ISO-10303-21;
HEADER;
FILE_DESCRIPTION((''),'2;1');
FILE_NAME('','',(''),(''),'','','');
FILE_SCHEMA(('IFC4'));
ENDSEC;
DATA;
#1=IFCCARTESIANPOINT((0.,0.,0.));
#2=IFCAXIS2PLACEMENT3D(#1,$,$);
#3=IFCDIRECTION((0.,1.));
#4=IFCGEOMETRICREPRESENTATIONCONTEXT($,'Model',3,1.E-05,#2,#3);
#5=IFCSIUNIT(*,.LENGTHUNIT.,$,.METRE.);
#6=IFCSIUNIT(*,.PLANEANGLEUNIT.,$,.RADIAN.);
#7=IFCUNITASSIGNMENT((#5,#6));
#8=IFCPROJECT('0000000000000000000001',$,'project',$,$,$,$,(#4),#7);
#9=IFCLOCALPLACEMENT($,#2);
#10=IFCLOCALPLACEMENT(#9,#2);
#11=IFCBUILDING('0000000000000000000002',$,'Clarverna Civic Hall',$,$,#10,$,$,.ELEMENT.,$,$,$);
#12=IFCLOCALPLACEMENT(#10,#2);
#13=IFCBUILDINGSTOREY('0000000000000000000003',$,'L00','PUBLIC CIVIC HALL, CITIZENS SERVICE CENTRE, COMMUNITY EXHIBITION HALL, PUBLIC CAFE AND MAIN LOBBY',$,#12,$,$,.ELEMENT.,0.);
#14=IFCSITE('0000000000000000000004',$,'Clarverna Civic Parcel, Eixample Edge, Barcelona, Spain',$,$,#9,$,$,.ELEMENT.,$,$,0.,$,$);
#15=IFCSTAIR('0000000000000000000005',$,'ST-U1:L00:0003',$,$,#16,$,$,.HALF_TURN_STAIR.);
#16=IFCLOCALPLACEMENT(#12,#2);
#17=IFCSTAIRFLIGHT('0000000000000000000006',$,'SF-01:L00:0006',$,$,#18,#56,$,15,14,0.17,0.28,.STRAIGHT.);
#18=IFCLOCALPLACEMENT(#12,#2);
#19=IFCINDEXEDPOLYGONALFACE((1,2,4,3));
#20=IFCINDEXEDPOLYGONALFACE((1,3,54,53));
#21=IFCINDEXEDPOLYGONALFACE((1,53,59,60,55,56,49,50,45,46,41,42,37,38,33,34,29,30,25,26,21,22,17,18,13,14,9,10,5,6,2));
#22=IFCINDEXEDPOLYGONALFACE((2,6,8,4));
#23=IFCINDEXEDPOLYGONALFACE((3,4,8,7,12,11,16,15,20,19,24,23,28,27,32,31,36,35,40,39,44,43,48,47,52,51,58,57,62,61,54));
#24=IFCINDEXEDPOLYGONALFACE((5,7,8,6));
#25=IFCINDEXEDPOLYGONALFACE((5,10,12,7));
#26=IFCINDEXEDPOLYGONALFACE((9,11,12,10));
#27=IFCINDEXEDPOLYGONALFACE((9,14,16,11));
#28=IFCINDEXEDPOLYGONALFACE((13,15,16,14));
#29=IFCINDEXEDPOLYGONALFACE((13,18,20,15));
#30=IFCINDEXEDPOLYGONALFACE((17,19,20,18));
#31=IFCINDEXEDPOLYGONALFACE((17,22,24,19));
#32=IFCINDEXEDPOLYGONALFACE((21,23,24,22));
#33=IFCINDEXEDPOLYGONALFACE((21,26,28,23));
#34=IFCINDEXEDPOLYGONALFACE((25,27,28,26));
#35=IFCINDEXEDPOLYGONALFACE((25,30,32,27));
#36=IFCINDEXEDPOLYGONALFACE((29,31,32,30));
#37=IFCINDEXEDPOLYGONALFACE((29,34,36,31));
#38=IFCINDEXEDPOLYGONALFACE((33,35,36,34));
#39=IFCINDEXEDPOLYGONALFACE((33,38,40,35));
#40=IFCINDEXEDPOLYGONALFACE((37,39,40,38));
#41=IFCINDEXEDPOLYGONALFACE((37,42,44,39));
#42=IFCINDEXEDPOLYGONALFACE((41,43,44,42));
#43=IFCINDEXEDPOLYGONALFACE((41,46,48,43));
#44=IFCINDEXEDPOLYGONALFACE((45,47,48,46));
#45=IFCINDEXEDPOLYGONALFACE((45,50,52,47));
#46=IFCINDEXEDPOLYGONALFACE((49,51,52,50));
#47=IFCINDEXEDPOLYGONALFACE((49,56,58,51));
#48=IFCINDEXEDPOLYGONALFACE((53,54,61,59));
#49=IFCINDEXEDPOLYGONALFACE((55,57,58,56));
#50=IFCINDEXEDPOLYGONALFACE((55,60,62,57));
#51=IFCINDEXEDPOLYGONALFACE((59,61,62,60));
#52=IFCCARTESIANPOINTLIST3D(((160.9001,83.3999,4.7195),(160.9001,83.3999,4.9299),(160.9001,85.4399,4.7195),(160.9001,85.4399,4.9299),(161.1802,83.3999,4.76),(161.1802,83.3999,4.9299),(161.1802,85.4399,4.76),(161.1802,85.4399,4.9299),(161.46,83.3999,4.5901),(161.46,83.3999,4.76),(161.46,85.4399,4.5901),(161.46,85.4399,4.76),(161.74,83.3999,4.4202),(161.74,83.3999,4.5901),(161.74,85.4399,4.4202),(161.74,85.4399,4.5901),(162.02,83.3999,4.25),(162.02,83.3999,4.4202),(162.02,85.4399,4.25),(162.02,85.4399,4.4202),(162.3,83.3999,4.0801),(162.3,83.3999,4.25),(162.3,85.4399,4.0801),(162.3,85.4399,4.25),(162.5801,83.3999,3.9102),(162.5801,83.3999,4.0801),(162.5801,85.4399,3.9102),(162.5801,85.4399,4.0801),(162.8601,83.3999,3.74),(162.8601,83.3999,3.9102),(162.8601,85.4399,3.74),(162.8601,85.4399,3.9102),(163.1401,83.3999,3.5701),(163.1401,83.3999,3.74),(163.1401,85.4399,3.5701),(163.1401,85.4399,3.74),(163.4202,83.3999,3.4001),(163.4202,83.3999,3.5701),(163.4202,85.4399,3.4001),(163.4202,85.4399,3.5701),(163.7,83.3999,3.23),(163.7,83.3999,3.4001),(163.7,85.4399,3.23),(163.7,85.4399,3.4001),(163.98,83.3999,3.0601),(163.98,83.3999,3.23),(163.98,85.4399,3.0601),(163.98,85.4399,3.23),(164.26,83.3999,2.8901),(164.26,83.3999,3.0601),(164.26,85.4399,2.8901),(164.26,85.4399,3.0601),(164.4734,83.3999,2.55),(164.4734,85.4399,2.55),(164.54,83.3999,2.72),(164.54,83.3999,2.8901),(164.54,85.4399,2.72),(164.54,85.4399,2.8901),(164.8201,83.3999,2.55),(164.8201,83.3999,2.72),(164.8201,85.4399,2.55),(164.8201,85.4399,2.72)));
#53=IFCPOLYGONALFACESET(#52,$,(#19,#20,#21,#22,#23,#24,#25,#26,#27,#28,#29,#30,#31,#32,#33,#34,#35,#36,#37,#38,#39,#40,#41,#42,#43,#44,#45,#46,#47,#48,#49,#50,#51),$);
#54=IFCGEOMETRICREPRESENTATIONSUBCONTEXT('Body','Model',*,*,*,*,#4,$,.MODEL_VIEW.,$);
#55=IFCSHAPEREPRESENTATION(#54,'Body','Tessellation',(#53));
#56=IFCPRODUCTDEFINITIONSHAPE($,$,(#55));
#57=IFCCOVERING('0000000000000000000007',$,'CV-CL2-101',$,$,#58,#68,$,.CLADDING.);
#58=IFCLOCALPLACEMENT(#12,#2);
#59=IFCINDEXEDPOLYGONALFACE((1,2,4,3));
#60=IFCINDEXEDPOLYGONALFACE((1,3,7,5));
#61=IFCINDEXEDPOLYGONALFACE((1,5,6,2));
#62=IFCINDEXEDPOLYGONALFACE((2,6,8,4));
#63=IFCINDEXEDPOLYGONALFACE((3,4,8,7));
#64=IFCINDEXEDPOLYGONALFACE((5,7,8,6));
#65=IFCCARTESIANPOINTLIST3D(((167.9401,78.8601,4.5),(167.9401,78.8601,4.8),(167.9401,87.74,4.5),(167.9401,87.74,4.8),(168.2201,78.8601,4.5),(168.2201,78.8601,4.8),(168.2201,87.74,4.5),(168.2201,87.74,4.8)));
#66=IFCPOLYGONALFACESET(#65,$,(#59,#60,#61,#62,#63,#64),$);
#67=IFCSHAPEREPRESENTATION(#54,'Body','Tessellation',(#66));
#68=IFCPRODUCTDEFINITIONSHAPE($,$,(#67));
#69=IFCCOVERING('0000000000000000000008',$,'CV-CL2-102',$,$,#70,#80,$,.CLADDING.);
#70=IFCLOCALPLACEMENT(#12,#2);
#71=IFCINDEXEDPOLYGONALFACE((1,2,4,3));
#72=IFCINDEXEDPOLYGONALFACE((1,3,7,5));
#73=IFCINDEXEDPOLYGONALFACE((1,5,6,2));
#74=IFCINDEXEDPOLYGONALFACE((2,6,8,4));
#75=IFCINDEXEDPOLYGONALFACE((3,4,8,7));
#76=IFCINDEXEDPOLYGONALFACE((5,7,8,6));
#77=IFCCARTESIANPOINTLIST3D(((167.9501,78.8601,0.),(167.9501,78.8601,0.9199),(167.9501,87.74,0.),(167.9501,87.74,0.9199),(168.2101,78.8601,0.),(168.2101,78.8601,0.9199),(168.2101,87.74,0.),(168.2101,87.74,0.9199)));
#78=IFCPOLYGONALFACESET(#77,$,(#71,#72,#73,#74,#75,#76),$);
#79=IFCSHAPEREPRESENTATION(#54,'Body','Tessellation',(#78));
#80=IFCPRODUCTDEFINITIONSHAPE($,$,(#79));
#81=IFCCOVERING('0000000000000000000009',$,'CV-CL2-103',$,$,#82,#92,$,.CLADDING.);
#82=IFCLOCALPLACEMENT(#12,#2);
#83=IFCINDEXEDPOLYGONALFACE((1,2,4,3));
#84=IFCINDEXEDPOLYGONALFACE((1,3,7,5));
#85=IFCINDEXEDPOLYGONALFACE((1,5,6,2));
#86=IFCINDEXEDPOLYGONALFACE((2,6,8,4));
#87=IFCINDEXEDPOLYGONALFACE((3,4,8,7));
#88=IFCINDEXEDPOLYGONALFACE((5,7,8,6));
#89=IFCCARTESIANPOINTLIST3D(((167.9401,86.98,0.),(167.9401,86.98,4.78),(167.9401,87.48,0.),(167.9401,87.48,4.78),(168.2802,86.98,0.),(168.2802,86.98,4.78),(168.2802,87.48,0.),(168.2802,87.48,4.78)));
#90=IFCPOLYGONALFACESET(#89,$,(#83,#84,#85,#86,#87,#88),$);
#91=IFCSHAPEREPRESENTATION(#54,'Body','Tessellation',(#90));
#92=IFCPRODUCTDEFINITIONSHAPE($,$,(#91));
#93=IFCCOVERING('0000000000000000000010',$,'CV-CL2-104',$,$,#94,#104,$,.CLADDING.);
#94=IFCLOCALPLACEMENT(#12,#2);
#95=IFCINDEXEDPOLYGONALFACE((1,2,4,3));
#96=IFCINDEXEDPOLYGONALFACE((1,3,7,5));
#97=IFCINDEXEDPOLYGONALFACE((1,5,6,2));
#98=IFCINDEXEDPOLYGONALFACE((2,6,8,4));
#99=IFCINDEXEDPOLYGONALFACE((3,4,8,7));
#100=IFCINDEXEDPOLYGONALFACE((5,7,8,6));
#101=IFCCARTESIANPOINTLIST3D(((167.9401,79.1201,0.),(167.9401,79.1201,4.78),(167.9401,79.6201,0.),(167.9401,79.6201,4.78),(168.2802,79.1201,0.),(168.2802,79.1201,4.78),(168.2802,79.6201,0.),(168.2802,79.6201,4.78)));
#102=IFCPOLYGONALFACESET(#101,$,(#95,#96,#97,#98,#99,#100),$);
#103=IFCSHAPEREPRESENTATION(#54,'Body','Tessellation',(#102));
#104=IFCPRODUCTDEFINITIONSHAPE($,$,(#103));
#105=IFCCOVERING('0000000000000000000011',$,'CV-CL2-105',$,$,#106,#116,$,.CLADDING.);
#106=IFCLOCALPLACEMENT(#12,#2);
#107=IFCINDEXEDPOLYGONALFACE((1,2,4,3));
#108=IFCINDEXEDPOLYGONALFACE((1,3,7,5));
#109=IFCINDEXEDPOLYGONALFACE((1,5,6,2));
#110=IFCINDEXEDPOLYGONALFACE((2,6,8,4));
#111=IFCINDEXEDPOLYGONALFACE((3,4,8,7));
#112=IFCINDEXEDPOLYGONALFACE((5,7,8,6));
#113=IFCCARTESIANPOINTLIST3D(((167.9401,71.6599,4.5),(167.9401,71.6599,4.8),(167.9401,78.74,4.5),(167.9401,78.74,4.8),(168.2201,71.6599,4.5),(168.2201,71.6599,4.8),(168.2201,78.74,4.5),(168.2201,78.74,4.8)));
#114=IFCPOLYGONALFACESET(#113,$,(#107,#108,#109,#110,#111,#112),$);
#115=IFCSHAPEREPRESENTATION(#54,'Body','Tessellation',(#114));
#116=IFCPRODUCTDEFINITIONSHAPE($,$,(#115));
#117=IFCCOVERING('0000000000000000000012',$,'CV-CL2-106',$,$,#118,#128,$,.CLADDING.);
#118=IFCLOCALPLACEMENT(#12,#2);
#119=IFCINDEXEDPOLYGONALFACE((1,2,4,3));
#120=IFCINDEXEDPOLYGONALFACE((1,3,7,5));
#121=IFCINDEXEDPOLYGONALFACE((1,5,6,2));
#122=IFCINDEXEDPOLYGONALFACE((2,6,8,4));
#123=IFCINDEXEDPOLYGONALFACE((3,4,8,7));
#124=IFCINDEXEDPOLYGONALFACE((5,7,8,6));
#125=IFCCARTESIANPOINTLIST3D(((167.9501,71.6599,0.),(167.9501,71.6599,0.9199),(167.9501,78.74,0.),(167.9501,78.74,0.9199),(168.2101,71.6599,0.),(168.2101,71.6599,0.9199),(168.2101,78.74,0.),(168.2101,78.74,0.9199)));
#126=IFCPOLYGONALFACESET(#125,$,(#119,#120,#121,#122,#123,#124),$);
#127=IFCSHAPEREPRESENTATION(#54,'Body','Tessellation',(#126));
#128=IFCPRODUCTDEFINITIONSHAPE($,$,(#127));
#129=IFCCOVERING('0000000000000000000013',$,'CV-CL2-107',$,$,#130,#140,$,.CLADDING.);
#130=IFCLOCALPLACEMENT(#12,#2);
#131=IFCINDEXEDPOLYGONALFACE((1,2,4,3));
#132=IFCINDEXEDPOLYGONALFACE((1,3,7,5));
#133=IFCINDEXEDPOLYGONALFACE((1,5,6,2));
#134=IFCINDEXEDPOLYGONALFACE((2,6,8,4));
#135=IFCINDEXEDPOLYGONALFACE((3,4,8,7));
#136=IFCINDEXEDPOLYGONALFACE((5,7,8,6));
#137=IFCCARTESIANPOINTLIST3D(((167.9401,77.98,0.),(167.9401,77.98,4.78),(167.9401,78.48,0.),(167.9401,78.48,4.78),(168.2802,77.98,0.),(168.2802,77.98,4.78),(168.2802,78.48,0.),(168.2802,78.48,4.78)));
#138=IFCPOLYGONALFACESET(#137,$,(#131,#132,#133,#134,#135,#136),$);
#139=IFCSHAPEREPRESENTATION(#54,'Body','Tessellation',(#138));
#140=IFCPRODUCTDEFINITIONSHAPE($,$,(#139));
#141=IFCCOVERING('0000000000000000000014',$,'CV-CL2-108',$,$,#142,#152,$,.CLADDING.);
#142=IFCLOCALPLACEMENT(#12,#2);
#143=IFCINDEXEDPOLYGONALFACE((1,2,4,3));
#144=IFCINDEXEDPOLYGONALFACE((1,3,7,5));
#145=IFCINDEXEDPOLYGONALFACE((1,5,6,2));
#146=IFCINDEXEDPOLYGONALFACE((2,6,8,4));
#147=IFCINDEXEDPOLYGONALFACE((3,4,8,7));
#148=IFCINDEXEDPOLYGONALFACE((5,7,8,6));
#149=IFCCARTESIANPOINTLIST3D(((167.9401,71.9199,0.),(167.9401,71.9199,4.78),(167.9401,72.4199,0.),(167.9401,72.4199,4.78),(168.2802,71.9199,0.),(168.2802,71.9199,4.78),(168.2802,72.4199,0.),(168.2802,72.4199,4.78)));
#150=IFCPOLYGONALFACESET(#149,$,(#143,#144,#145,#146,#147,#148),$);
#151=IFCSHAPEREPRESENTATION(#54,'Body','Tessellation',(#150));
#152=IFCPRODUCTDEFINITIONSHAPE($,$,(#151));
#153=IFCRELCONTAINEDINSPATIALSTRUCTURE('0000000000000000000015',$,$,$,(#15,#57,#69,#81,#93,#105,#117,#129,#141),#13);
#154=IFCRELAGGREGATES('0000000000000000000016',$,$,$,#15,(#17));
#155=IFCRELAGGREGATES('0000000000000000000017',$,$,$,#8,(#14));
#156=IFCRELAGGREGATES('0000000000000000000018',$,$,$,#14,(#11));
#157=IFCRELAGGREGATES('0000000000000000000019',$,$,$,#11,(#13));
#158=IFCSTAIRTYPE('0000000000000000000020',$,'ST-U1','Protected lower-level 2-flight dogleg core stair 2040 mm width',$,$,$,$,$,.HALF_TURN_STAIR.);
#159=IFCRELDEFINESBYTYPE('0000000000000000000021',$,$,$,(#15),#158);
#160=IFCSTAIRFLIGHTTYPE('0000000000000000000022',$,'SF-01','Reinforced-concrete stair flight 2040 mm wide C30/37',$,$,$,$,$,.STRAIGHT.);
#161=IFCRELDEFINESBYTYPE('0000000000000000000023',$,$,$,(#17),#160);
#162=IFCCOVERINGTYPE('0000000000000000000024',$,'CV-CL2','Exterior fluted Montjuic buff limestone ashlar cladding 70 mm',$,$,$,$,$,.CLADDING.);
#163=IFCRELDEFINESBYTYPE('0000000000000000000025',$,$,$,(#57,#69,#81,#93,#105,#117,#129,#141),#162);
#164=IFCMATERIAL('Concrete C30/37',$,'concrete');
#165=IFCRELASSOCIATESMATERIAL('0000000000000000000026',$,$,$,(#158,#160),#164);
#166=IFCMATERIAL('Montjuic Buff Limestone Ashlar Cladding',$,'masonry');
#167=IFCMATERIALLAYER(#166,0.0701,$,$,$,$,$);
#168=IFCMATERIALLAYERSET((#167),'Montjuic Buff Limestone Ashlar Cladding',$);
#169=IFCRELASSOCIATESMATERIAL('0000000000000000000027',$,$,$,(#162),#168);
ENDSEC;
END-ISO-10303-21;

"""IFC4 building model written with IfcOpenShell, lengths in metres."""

from ifc_helpers import new_model, si_unit, direction, frame, frame_2d, origin, place, context, subcontext, project, spatial, polyline, rectangle, outline, extrude, material, layer, layer_set, type_object, element, aggregate, save


model = new_model("IFC4")

# Units and contexts
model_context = context("Model", 3, precision=1e-05, world=origin(), true_north=direction((0.0, 1.0)))
body_context = subcontext(model_context, "Body", "Model", "MODEL_VIEW")
ifc_project = project(units=[si_unit("LENGTHUNIT", "METRE"), si_unit("PLANEANGLEUNIT", "RADIAN")], contexts=[model_context])

# Site, building, storey
site_placement = place(None, origin())
site = spatial("IfcSite", under=ifc_project, at=site_placement, Name="Clarverna Civic Parcel, Eixample Edge, Barcelona, Spain", CompositionType="ELEMENT", RefElevation=0.0)
building_placement = place(site_placement, origin())
building = spatial("IfcBuilding", under=site, at=building_placement, Name="Clarverna Civic Hall", CompositionType="ELEMENT")
storey_placement = place(building_placement, origin())
storey = spatial("IfcBuildingStorey", under=building, at=storey_placement, Name="L00", Description="PUBLIC CIVIC HALL, CITIZENS SERVICE CENTRE, COMMUNITY EXHIBITION HALL, PUBLIC CAFE AND MAIN LOBBY", CompositionType="ELEMENT", Elevation=0.0)

# Stair, stair flight
ifc_material_1 = material(Name="Concrete C30/37", Category="concrete")
stair_type = type_object("IfcStairType", Name="ST-U1", Description="Protected lower-level 2-flight dogleg core stair 2040 mm width", PredefinedType="HALF_TURN_STAIR", material=ifc_material_1)
stair_placement = place(storey_placement, origin())
stair = element("IfcStair", 1, at=stair_placement, inside=storey, type_object=stair_type, Name="ST-U1:L00:0003", PredefinedType="HALF_TURN_STAIR")
stair_flight_type = type_object("IfcStairFlightType", Name="SF-01", Description="Reinforced-concrete stair flight 2040 mm wide C30/37", PredefinedType="STRAIGHT", material=ifc_material_1)
stair_flight_placement = place(storey_placement, frame((164.8201, 84.4199, 2.55), z_axis=(0.0, 0.0, 1.0), x_axis=(-1.0, 0.0, 0.0)))
stair_flight = element("IfcStairFlight", 2, at=stair_flight_placement, type_object=stair_flight_type, Name="SF-01:L00:0006", NumberOfRisers=15, NumberOfTreads=14, PredefinedType="STRAIGHT", RiserHeight=0.17, TreadLength=0.28, context=body_context, shape_type="SweptSolid", body=[
    extrude(outline(polyline([(0.0, 0.0), (0.0, 0.1699), (0.28, 0.1699), (0.28, 0.3401), (0.5601, 0.3401), (0.5601, 0.51), (0.8401, 0.51), (0.8401, 0.6799), (1.1201, 0.6799), (1.1201, 0.8501), (1.3999, 0.8501), (1.3999, 1.02), (1.6799, 1.02), (1.6799, 1.1899), (1.96, 1.1899), (1.96, 1.3601), (2.24, 1.3601), (2.24, 1.53), (2.52, 1.53), (2.52, 1.7), (2.8, 1.7), (2.8, 1.8701), (3.0801, 1.8701), (3.0801, 2.04), (3.3601, 2.04), (3.3601, 2.21), (3.6399, 2.21), (3.6399, 2.3799), (3.9199, 2.3799), (3.9199, 2.55), (3.9199, 2.1694), (0.3467, 0.0), (0.0, 0.0)])), frame((0.0, 1.02, 0.0), z_axis=(0.0, -1.0, 0.0), x_axis=(1.0, 0.0, 0.0)), (0.0, 0.0, 1.0), 2.04),
])
aggregate(stair, [stair_flight])

# Coverings
ifc_material_2 = material(Name="Montjuic Buff Limestone Ashlar Cladding", Category="masonry")
ifc_layer_1 = layer(ifc_material_2, 0.0701)
ifc_layer_set_1 = layer_set([ifc_layer_1], Name="Montjuic Buff Limestone Ashlar Cladding")
covering_type = type_object("IfcCoveringType", Name="CV-CL2", Description="Exterior fluted Montjuic buff limestone ashlar cladding 70 mm", PredefinedType="CLADDING", material=ifc_layer_set_1)
covering_1_placement = place(storey_placement, frame((168.0801, 87.74, 4.5), z_axis=(0.0, 0.0, 1.0), x_axis=(0.0, -1.0, 0.0)))
element("IfcCovering", 3, at=covering_1_placement, inside=storey, type_object=covering_type, Name="CV-CL2-101", PredefinedType="CLADDING", context=body_context, shape_type="SweptSolid", body=[
    extrude(rectangle(XDim=8.8799, YDim=0.28, at=frame_2d((4.4399, 0.0))), origin(), (0.0, 0.0, 1.0), 0.3),
])
covering_2_placement = place(storey_placement, frame((168.0801, 87.74, 0.0), z_axis=(0.0, 0.0, 1.0), x_axis=(0.0, -1.0, 0.0)))
element("IfcCovering", 4, at=covering_2_placement, inside=storey, type_object=covering_type, Name="CV-CL2-102", PredefinedType="CLADDING", context=body_context, shape_type="SweptSolid", body=[
    extrude(rectangle(XDim=8.8799, YDim=0.26, at=frame_2d((4.4399, 0.0))), origin(), (0.0, 0.0, 1.0), 0.9199),
])
for number, where, z_axis, x_axis, name in (
    (5, (168.1101, 87.48, 0.0), (0.0, 0.0, 1.0), (0.0, -1.0, 0.0), "CV-CL2-103"),
    (6, (168.1101, 79.6201, 0.0), (0.0, 0.0, 1.0), (0.0, -1.0, 0.0), "CV-CL2-104"),
):
    element("IfcCovering", number, at=place(storey_placement, frame(where, z_axis=z_axis, x_axis=x_axis)), inside=storey, type_object=covering_type, Name=name, PredefinedType="CLADDING", context=body_context, shape_type="SweptSolid", body=[
        extrude(rectangle(XDim=0.5, YDim=0.3401, at=frame_2d((0.25, 0.0))), origin(), (0.0, 0.0, 1.0), 4.78),
    ])
covering_3_placement = place(storey_placement, frame((168.0801, 78.74, 4.5), z_axis=(0.0, 0.0, 1.0), x_axis=(0.0, -1.0, 0.0)))
element("IfcCovering", 7, at=covering_3_placement, inside=storey, type_object=covering_type, Name="CV-CL2-105", PredefinedType="CLADDING", context=body_context, shape_type="SweptSolid", body=[
    extrude(rectangle(XDim=7.0801, YDim=0.28, at=frame_2d((3.54, 0.0))), origin(), (0.0, 0.0, 1.0), 0.3),
])
covering_4_placement = place(storey_placement, frame((168.0801, 78.74, 0.0), z_axis=(0.0, 0.0, 1.0), x_axis=(0.0, -1.0, 0.0)))
element("IfcCovering", 8, at=covering_4_placement, inside=storey, type_object=covering_type, Name="CV-CL2-106", PredefinedType="CLADDING", context=body_context, shape_type="SweptSolid", body=[
    extrude(rectangle(XDim=7.0801, YDim=0.26, at=frame_2d((3.54, 0.0))), origin(), (0.0, 0.0, 1.0), 0.9199),
])
for number, where, z_axis, x_axis, name in (
    (9, (168.1101, 78.48, 0.0), (0.0, 0.0, 1.0), (0.0, -1.0, 0.0), "CV-CL2-107"),
    (10, (168.1101, 72.4199, 0.0), (0.0, 0.0, 1.0), (0.0, -1.0, 0.0), "CV-CL2-108"),
):
    element("IfcCovering", number, at=place(storey_placement, frame(where, z_axis=z_axis, x_axis=x_axis)), inside=storey, type_object=covering_type, Name=name, PredefinedType="CLADDING", context=body_context, shape_type="SweptSolid", body=[
        extrude(rectangle(XDim=0.5, YDim=0.3401, at=frame_2d((0.25, 0.0))), origin(), (0.0, 0.0, 1.0), 4.78),
    ])

save(model, "model.ifc")
